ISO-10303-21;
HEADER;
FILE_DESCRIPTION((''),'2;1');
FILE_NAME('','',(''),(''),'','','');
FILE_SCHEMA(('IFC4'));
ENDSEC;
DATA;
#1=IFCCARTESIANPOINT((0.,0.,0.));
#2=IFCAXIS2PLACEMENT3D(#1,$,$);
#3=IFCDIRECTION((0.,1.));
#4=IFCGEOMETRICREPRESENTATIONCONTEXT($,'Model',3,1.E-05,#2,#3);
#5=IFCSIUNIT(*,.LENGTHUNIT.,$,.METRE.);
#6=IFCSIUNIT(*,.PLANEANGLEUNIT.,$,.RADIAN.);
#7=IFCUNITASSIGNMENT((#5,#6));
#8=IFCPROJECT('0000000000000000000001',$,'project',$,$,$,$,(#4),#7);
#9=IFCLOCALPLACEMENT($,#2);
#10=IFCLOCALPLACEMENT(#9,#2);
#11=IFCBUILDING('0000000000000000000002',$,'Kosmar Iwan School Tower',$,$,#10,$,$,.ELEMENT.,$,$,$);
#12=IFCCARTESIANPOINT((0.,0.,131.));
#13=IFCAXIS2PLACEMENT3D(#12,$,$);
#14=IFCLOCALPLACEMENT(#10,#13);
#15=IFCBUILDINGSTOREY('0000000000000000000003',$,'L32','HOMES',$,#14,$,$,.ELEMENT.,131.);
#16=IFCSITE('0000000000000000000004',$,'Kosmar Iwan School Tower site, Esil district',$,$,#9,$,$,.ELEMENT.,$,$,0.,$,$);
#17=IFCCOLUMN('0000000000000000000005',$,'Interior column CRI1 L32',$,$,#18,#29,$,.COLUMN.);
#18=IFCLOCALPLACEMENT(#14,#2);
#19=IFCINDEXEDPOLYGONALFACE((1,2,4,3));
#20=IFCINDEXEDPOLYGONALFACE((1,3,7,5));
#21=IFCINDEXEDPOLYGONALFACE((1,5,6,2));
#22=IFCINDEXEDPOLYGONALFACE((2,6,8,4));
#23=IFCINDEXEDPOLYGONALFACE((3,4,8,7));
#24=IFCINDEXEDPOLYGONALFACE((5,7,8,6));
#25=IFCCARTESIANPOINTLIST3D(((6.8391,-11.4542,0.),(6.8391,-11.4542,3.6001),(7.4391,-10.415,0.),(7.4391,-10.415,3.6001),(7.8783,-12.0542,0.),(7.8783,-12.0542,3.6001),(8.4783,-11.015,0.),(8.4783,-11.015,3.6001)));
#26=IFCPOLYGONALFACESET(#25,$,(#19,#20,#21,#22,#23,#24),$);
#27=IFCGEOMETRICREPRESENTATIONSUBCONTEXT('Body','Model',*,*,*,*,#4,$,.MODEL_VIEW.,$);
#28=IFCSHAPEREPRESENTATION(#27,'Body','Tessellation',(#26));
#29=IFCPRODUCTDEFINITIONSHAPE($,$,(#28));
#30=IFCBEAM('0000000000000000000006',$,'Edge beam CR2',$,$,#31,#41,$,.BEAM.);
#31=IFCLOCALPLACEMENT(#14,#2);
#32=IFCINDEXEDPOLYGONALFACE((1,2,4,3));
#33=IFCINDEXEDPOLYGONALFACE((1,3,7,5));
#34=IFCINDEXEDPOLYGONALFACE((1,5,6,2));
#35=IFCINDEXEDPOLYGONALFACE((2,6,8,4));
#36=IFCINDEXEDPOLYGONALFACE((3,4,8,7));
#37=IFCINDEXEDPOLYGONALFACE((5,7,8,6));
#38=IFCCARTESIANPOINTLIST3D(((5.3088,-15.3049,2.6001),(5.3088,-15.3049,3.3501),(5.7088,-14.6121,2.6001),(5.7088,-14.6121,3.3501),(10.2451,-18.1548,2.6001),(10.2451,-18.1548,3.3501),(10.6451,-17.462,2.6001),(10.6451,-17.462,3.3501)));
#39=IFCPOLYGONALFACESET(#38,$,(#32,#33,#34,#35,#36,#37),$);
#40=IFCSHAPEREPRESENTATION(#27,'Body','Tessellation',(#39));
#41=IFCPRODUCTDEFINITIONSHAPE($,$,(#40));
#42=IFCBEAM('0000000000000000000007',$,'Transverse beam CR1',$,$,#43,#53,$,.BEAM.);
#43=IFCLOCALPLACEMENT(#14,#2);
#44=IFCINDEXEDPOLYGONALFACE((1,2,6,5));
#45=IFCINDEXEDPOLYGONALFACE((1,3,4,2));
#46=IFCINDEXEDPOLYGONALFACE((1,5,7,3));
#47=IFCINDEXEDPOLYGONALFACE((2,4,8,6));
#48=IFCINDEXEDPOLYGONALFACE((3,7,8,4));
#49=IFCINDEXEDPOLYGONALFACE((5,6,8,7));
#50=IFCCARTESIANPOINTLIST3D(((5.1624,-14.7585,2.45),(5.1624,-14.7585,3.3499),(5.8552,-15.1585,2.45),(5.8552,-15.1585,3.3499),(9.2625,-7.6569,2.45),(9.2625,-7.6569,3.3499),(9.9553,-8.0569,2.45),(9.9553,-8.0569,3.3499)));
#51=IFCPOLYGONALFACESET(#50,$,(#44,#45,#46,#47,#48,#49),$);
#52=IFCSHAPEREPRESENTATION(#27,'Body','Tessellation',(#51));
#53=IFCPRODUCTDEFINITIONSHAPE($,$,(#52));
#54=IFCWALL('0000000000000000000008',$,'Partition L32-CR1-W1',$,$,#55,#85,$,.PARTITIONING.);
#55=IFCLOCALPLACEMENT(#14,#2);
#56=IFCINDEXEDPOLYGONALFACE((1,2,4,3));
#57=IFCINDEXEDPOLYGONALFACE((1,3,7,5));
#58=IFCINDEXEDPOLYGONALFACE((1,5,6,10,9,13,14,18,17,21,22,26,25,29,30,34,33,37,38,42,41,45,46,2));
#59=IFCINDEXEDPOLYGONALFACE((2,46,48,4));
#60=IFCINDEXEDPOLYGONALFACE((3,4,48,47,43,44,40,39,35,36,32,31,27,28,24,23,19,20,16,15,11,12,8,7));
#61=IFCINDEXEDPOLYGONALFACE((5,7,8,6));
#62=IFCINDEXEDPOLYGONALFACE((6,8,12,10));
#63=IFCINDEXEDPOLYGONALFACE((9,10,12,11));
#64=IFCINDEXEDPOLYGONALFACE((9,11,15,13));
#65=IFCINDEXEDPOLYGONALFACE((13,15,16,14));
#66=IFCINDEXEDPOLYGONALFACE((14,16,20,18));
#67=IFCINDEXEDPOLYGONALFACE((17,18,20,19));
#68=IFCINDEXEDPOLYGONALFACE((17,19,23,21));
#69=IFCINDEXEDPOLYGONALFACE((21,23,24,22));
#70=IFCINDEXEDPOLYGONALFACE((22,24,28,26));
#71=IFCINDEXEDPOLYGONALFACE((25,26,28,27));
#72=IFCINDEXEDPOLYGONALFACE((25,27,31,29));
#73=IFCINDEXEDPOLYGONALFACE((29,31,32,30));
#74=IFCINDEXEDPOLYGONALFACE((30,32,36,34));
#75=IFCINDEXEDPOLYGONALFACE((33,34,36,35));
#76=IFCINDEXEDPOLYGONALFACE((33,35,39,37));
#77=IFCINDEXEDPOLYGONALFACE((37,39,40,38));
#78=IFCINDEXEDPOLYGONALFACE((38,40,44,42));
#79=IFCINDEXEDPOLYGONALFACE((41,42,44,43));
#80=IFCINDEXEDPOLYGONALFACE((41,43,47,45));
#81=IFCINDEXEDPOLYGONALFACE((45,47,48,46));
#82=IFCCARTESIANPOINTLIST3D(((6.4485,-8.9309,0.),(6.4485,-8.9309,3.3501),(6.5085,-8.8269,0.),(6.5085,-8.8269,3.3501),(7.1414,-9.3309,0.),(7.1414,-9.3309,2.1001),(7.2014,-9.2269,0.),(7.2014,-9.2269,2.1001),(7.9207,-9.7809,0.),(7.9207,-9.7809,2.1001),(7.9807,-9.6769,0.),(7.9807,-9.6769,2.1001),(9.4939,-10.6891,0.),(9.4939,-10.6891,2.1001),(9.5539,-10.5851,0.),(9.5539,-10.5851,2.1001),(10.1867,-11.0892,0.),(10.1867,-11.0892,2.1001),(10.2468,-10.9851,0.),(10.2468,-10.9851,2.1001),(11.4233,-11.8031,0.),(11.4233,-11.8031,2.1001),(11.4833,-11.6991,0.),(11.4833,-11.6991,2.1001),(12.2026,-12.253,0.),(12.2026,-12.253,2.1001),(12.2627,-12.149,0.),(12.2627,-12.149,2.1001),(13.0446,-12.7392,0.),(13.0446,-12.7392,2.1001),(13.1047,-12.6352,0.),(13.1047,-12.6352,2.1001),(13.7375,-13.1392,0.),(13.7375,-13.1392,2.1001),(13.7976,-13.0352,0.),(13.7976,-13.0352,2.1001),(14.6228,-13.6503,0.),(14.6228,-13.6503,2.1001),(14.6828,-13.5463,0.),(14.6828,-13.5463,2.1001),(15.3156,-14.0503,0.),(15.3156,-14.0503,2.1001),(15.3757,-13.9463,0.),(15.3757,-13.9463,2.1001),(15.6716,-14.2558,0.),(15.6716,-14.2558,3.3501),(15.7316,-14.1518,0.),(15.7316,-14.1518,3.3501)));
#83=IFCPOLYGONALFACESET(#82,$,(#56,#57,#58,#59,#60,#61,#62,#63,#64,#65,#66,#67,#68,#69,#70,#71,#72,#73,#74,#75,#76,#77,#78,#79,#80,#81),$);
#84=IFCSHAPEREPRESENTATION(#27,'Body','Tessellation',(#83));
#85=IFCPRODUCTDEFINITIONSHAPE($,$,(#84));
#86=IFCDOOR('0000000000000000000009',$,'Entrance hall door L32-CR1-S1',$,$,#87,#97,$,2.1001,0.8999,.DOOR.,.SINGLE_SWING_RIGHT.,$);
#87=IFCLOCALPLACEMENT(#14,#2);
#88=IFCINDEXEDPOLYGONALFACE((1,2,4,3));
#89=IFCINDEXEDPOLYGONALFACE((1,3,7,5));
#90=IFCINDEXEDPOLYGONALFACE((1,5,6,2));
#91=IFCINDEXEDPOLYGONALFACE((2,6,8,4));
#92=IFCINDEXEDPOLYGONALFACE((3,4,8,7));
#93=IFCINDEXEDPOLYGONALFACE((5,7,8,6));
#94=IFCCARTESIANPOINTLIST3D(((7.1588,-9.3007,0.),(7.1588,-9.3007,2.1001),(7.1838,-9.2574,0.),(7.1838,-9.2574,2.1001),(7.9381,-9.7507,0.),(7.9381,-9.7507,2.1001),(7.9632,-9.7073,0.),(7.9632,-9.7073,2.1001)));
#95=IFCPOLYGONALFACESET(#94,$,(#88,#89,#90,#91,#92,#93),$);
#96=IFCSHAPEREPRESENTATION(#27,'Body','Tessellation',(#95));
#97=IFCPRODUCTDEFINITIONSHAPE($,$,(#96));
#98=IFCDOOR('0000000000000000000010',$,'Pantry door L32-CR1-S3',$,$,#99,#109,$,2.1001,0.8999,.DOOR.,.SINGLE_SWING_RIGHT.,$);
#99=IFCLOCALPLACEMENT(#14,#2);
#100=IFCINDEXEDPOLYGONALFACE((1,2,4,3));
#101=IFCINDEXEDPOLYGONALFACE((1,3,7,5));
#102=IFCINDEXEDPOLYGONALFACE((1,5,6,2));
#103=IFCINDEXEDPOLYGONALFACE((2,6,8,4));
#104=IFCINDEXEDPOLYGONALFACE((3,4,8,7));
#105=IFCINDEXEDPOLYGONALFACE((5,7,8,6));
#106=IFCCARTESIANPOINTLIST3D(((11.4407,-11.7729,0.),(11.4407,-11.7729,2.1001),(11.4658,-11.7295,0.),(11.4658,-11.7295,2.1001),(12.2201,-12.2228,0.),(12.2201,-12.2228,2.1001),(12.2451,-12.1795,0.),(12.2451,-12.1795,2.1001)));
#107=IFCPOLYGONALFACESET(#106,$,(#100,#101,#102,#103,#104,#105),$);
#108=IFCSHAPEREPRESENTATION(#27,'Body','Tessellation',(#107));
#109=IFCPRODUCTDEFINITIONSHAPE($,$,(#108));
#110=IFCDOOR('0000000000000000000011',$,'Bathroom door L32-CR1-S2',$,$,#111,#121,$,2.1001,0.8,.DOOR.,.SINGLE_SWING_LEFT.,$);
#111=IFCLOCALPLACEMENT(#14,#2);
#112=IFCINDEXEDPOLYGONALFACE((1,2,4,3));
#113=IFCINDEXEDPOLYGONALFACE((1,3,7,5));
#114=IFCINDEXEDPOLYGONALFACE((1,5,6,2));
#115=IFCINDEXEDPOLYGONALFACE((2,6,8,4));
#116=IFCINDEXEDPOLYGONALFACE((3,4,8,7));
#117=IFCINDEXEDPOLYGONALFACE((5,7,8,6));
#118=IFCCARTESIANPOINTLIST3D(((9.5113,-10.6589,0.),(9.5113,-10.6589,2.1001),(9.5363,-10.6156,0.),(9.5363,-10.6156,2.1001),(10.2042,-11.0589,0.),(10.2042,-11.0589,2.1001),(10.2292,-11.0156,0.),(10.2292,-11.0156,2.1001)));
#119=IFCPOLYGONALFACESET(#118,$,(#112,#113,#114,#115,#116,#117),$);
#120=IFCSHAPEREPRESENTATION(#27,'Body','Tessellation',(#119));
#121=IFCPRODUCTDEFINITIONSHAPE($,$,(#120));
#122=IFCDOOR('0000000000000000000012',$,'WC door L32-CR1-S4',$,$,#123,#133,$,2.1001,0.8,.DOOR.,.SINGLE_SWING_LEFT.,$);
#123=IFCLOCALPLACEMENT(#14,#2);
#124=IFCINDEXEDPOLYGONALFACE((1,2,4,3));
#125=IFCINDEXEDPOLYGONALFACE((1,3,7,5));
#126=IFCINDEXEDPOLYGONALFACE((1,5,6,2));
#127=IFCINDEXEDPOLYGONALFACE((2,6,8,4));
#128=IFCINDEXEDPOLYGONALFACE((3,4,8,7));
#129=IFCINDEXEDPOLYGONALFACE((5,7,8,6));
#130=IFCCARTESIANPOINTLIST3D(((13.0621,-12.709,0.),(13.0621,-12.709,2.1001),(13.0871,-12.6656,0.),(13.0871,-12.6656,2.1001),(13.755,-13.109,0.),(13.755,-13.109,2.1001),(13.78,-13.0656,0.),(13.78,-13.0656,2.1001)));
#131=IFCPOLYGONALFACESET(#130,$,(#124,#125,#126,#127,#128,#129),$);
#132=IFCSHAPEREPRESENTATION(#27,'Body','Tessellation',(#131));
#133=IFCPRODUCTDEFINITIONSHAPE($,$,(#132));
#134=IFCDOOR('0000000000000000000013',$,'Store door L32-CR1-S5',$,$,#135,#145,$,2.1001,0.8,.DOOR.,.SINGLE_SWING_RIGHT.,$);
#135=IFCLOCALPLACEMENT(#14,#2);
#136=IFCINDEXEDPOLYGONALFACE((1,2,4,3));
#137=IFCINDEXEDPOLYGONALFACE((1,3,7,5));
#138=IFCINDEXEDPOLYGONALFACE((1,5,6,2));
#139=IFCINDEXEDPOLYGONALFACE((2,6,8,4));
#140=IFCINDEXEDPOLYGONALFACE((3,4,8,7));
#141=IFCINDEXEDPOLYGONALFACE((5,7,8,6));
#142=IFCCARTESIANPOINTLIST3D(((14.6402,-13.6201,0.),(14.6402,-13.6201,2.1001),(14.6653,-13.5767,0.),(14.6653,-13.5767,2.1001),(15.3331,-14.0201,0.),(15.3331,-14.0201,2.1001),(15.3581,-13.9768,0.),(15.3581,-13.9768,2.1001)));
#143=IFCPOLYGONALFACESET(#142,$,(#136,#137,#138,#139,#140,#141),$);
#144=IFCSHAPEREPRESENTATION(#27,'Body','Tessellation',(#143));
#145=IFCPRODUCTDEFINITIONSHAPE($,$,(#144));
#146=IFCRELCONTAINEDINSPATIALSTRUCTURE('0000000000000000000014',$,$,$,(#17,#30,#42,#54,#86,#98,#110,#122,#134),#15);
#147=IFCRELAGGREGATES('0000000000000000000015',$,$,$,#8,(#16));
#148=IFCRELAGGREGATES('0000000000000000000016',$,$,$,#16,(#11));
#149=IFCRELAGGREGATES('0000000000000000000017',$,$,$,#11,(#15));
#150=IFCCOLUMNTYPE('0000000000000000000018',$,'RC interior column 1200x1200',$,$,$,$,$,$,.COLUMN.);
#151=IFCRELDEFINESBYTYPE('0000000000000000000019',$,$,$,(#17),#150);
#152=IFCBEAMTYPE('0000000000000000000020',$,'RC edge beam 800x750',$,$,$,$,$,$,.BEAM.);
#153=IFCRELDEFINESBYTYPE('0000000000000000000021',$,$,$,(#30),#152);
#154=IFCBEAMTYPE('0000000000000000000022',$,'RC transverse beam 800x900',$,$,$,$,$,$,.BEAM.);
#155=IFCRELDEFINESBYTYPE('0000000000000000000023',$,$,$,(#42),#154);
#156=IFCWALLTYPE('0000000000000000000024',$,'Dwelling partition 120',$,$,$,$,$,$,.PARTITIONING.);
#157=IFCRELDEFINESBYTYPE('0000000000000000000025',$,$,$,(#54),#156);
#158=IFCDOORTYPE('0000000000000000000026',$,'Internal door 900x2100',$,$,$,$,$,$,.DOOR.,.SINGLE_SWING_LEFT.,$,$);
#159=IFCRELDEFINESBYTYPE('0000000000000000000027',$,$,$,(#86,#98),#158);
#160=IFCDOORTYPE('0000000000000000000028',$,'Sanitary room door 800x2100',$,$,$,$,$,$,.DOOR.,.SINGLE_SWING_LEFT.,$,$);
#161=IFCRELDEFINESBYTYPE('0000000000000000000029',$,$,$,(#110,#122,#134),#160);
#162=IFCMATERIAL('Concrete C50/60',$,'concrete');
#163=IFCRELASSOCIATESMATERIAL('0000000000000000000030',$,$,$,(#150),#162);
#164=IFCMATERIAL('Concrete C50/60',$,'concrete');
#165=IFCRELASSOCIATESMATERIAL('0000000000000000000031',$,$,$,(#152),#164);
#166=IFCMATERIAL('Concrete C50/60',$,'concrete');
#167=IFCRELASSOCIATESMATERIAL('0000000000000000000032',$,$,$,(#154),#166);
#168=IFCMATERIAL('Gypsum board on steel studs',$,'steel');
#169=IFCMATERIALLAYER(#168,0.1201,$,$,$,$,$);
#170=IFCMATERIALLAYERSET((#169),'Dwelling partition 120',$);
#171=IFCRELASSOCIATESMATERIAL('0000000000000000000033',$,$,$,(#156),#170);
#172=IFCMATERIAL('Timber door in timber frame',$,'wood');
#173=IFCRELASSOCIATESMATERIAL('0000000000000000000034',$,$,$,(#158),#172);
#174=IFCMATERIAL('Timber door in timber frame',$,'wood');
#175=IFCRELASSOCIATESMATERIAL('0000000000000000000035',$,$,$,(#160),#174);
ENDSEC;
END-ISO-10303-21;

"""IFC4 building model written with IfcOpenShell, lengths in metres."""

from ifc_helpers import new_model, si_unit, direction, frame, frame_2d, origin, origin_2d, place, context, subcontext, project, spatial, rectangle, extrude, material, layer, layer_set, material_profile, profile_set, type_object, element, fill, save


model = new_model("IFC4")

# Units and contexts
model_context = context("Model", 3, precision=1e-05, world=origin(), true_north=direction((0.0, 1.0)))
body_context = subcontext(model_context, "Body", "Model", "MODEL_VIEW")
ifc_project = project(units=[si_unit("LENGTHUNIT", "METRE"), si_unit("PLANEANGLEUNIT", "RADIAN")], contexts=[model_context])

# Site, building, storey
site_placement = place(None, origin())
site = spatial("IfcSite", under=ifc_project, at=site_placement, Name="Kosmar Iwan School Tower site, Esil district", CompositionType="ELEMENT", RefElevation=0.0)
building_placement = place(site_placement, origin())
building = spatial("IfcBuilding", under=site, at=building_placement, Name="Kosmar Iwan School Tower", CompositionType="ELEMENT")
storey_placement = place(building_placement, frame((0.0, 0.0, 131.0)))
storey = spatial("IfcBuildingStorey", under=building, at=storey_placement, Name="L32", Description="HOMES", CompositionType="ELEMENT", Elevation=131.0)

# Column
ifc_material_1 = material(Name="Concrete C50/60", Category="concrete")
ifc_material_profile_1 = material_profile(ifc_material_1, rectangle(XDim=1.2, YDim=1.2, at=origin_2d()), Name="RC 1200x1200")
ifc_profile_set_1 = profile_set([ifc_material_profile_1], Name="Concrete C50/60")
column_type = type_object("IfcColumnType", Name="RC interior column 1200x1200", PredefinedType="COLUMN", material=ifc_profile_set_1)
column_placement = place(storey_placement, frame((7.6587, -11.2346, 0.0), z_axis=(0.0, 0.0, 1.0), x_axis=(0.866025, -0.5, 0.0)))
element("IfcColumn", 1, at=column_placement, inside=storey, type_object=column_type, Name="Interior column CRI1 L32", PredefinedType="COLUMN", context=body_context, shape_type="SweptSolid", body=[
    extrude(rectangle(XDim=1.2, YDim=1.2, at=origin_2d()), origin(), (0.0, 0.0, 1.0), 3.6001),
])

# Beams
ifc_material_2 = material(Name="Concrete C50/60", Category="concrete")
ifc_material_profile_2 = material_profile(ifc_material_2, rectangle(XDim=0.8, YDim=0.75, at=origin_2d()), Name="RC 800x750")
ifc_profile_set_2 = profile_set([ifc_material_profile_2], Name="Concrete C50/60")
beam_type_1 = type_object("IfcBeamType", Name="RC edge beam 800x750", PredefinedType="BEAM", material=ifc_profile_set_2)
beam_1_placement = place(storey_placement, frame((5.5088, -14.9585, 2.9751), z_axis=(0.866034, -0.499986, 0.0), x_axis=(0.499986, 0.866034, 0.0)))
element("IfcBeam", 2, at=beam_1_placement, inside=storey, type_object=beam_type_1, Name="Edge beam CR2", PredefinedType="BEAM", context=body_context, shape_type="SweptSolid", body=[
    extrude(rectangle(XDim=0.8, YDim=0.75, at=origin_2d()), origin(), (0.0, 0.0, 1.0), 5.7),
])
ifc_material_3 = material(Name="Concrete C50/60", Category="concrete")
ifc_material_profile_3 = material_profile(ifc_material_3, rectangle(XDim=0.8, YDim=0.8999, at=origin_2d()), Name="RC 800x900")
ifc_profile_set_3 = profile_set([ifc_material_profile_3], Name="Concrete C50/60")
beam_type_2 = type_object("IfcBeamType", Name="RC transverse beam 800x900", PredefinedType="BEAM", material=ifc_profile_set_3)
beam_2_placement = place(storey_placement, frame((5.5088, -14.9585, 2.8999), z_axis=(0.500001, 0.866025, 0.0), x_axis=(-0.866025, 0.500001, 0.0)))
element("IfcBeam", 3, at=beam_2_placement, inside=storey, type_object=beam_type_2, Name="Transverse beam CR1", PredefinedType="BEAM", context=body_context, shape_type="SweptSolid", body=[
    extrude(rectangle(XDim=0.8, YDim=0.8999, at=origin_2d()), origin(), (0.0, 0.0, 1.0), 8.2002),
])

# Wall, openings, doors
ifc_material_4 = material(Name="Gypsum board on steel studs", Category="steel")
ifc_layer = layer(ifc_material_4, 0.1201)
ifc_layer_set = layer_set([ifc_layer], Name="Dwelling partition 120")
wall_type = type_object("IfcWallType", Name="Dwelling partition 120", PredefinedType="PARTITIONING", material=ifc_layer_set)
wall_1_placement = place(storey_placement, frame((6.4785, -8.8789, 0.0), z_axis=(0.0, 0.0, 1.0), x_axis=(0.866027, -0.499998, 0.0)))
wall_1 = element("IfcWall", 4, at=wall_1_placement, inside=storey, type_object=wall_type, Name="Partition L32-CR1-W1", PredefinedType="PARTITIONING", context=body_context, shape_type="SweptSolid", body=[
    extrude(rectangle(XDim=10.6499, YDim=0.1201, at=frame_2d((5.325, 0.0))), origin(), (0.0, 0.0, 1.0), 3.3501),
])
opening_1_placement = place(wall_1_placement, frame((0.8, 0.0, 0.0)))
opening_1 = element("IfcOpeningElement", 5, at=opening_1_placement, cuts=wall_1, PredefinedType="OPENING", context=body_context, shape_type="SweptSolid", body=[
    extrude(rectangle(XDim=0.8999, YDim=2.1001, at=frame_2d((0.45, 1.05))), frame((0.0, 0.072, 0.0), z_axis=(0.0, -1.0, 0.0), x_axis=(1.0, 0.0, 0.0)), (0.0, 0.0, 1.0), 0.144),
])
opening_2_placement = place(wall_1_placement, frame((3.5166, 0.0, 0.0)))
opening_2 = element("IfcOpeningElement", 6, at=opening_2_placement, cuts=wall_1, PredefinedType="OPENING", context=body_context, shape_type="SweptSolid", body=[
    extrude(rectangle(XDim=0.8, YDim=2.1001, at=frame_2d((0.3999, 1.05))), frame((0.0, 0.072, 0.0), z_axis=(0.0, -1.0, 0.0), x_axis=(1.0, 0.0, 0.0)), (0.0, 0.0, 1.0), 0.144),
])
opening_3_placement = place(wall_1_placement, frame((5.7444, 0.0, 0.0)))
opening_3 = element("IfcOpeningElement", 7, at=opening_3_placement, cuts=wall_1, PredefinedType="OPENING", context=body_context, shape_type="SweptSolid", body=[
    extrude(rectangle(XDim=0.8999, YDim=2.1001, at=frame_2d((0.45, 1.05))), frame((0.0, 0.072, 0.0), z_axis=(0.0, -1.0, 0.0), x_axis=(1.0, 0.0, 0.0)), (0.0, 0.0, 1.0), 0.144),
])
opening_4_placement = place(wall_1_placement, frame((7.6167, 0.0, 0.0)))
opening_4 = element("IfcOpeningElement", 8, at=opening_4_placement, cuts=wall_1, PredefinedType="OPENING", context=body_context, shape_type="SweptSolid", body=[
    extrude(rectangle(XDim=0.8, YDim=2.1001, at=frame_2d((0.3999, 1.05))), frame((0.0, 0.072, 0.0), z_axis=(0.0, -1.0, 0.0), x_axis=(1.0, 0.0, 0.0)), (0.0, 0.0, 1.0), 0.144),
])
opening_5_placement = place(wall_1_placement, frame((9.439, 0.0, 0.0)))
opening_5 = element("IfcOpeningElement", 9, at=opening_5_placement, cuts=wall_1, PredefinedType="OPENING", context=body_context, shape_type="SweptSolid", body=[
    extrude(rectangle(XDim=0.8, YDim=2.1001, at=frame_2d((0.3999, 1.05))), frame((0.0, 0.072, 0.0), z_axis=(0.0, -1.0, 0.0), x_axis=(1.0, 0.0, 0.0)), (0.0, 0.0, 1.0), 0.144),
])
ifc_material_5 = material(Name="Timber door in timber frame", Category="wood")
door_type_1 = type_object("IfcDoorType", Name="Internal door 900x2100", OperationType="SINGLE_SWING_LEFT", PredefinedType="DOOR", material=ifc_material_5)
door_1_placement = place(opening_1_placement, origin())
door_1 = element("IfcDoor", 10, at=door_1_placement, inside=storey, type_object=door_type_1, Name="Entrance hall door L32-CR1-S1", OperationType="SINGLE_SWING_RIGHT", OverallHeight=2.1001, OverallWidth=0.8999, PredefinedType="DOOR", context=body_context, shape_type="SweptSolid", body=[
    extrude(rectangle(XDim=0.8999, YDim=2.1001, at=frame_2d((0.45, 1.05))), frame((0.0, 0.0249, 0.0), z_axis=(0.0, -1.0, 0.0), x_axis=(1.0, 0.0, 0.0)), (0.0, 0.0, 1.0), 0.05),
])
fill(opening_1, door_1)
door_2_placement = place(opening_3_placement, origin())
door_2 = element("IfcDoor", 11, at=door_2_placement, inside=storey, type_object=door_type_1, Name="Pantry door L32-CR1-S3", OperationType="SINGLE_SWING_RIGHT", OverallHeight=2.1001, OverallWidth=0.8999, PredefinedType="DOOR", context=body_context, shape_type="SweptSolid", body=[
    extrude(rectangle(XDim=0.8999, YDim=2.1001, at=frame_2d((0.45, 1.05))), frame((0.0, 0.0249, 0.0), z_axis=(0.0, -1.0, 0.0), x_axis=(1.0, 0.0, 0.0)), (0.0, 0.0, 1.0), 0.05),
])
fill(opening_3, door_2)
ifc_material_6 = material(Name="Timber door in timber frame", Category="wood")
door_type_2 = type_object("IfcDoorType", Name="Sanitary room door 800x2100", OperationType="SINGLE_SWING_LEFT", PredefinedType="DOOR", material=ifc_material_6)
door_3_placement = place(opening_2_placement, origin())
door_3 = element("IfcDoor", 12, at=door_3_placement, inside=storey, type_object=door_type_2, Name="Bathroom door L32-CR1-S2", OperationType="SINGLE_SWING_LEFT", OverallHeight=2.1001, OverallWidth=0.8, PredefinedType="DOOR", context=body_context, shape_type="SweptSolid", body=[
    extrude(rectangle(XDim=0.8, YDim=2.1001, at=frame_2d((0.3999, 1.05))), frame((0.0, 0.0249, 0.0), z_axis=(0.0, -1.0, 0.0), x_axis=(1.0, 0.0, 0.0)), (0.0, 0.0, 1.0), 0.05),
])
fill(opening_2, door_3)
door_4_placement = place(opening_4_placement, origin())
door_4 = element("IfcDoor", 13, at=door_4_placement, inside=storey, type_object=door_type_2, Name="WC door L32-CR1-S4", OperationType="SINGLE_SWING_LEFT", OverallHeight=2.1001, OverallWidth=0.8, PredefinedType="DOOR", context=body_context, shape_type="SweptSolid", body=[
    extrude(rectangle(XDim=0.8, YDim=2.1001, at=frame_2d((0.3999, 1.05))), frame((0.0, 0.0249, 0.0), z_axis=(0.0, -1.0, 0.0), x_axis=(1.0, 0.0, 0.0)), (0.0, 0.0, 1.0), 0.05),
])
fill(opening_4, door_4)
door_5_placement = place(opening_5_placement, origin())
door_5 = element("IfcDoor", 14, at=door_5_placement, inside=storey, type_object=door_type_2, Name="Store door L32-CR1-S5", OperationType="SINGLE_SWING_RIGHT", OverallHeight=2.1001, OverallWidth=0.8, PredefinedType="DOOR", context=body_context, shape_type="SweptSolid", body=[
    extrude(rectangle(XDim=0.8, YDim=2.1001, at=frame_2d((0.3999, 1.05))), frame((0.0, 0.0249, 0.0), z_axis=(0.0, -1.0, 0.0), x_axis=(1.0, 0.0, 0.0)), (0.0, 0.0, 1.0), 0.05),
])
fill(opening_5, door_5)

save(model, "model.ifc")
